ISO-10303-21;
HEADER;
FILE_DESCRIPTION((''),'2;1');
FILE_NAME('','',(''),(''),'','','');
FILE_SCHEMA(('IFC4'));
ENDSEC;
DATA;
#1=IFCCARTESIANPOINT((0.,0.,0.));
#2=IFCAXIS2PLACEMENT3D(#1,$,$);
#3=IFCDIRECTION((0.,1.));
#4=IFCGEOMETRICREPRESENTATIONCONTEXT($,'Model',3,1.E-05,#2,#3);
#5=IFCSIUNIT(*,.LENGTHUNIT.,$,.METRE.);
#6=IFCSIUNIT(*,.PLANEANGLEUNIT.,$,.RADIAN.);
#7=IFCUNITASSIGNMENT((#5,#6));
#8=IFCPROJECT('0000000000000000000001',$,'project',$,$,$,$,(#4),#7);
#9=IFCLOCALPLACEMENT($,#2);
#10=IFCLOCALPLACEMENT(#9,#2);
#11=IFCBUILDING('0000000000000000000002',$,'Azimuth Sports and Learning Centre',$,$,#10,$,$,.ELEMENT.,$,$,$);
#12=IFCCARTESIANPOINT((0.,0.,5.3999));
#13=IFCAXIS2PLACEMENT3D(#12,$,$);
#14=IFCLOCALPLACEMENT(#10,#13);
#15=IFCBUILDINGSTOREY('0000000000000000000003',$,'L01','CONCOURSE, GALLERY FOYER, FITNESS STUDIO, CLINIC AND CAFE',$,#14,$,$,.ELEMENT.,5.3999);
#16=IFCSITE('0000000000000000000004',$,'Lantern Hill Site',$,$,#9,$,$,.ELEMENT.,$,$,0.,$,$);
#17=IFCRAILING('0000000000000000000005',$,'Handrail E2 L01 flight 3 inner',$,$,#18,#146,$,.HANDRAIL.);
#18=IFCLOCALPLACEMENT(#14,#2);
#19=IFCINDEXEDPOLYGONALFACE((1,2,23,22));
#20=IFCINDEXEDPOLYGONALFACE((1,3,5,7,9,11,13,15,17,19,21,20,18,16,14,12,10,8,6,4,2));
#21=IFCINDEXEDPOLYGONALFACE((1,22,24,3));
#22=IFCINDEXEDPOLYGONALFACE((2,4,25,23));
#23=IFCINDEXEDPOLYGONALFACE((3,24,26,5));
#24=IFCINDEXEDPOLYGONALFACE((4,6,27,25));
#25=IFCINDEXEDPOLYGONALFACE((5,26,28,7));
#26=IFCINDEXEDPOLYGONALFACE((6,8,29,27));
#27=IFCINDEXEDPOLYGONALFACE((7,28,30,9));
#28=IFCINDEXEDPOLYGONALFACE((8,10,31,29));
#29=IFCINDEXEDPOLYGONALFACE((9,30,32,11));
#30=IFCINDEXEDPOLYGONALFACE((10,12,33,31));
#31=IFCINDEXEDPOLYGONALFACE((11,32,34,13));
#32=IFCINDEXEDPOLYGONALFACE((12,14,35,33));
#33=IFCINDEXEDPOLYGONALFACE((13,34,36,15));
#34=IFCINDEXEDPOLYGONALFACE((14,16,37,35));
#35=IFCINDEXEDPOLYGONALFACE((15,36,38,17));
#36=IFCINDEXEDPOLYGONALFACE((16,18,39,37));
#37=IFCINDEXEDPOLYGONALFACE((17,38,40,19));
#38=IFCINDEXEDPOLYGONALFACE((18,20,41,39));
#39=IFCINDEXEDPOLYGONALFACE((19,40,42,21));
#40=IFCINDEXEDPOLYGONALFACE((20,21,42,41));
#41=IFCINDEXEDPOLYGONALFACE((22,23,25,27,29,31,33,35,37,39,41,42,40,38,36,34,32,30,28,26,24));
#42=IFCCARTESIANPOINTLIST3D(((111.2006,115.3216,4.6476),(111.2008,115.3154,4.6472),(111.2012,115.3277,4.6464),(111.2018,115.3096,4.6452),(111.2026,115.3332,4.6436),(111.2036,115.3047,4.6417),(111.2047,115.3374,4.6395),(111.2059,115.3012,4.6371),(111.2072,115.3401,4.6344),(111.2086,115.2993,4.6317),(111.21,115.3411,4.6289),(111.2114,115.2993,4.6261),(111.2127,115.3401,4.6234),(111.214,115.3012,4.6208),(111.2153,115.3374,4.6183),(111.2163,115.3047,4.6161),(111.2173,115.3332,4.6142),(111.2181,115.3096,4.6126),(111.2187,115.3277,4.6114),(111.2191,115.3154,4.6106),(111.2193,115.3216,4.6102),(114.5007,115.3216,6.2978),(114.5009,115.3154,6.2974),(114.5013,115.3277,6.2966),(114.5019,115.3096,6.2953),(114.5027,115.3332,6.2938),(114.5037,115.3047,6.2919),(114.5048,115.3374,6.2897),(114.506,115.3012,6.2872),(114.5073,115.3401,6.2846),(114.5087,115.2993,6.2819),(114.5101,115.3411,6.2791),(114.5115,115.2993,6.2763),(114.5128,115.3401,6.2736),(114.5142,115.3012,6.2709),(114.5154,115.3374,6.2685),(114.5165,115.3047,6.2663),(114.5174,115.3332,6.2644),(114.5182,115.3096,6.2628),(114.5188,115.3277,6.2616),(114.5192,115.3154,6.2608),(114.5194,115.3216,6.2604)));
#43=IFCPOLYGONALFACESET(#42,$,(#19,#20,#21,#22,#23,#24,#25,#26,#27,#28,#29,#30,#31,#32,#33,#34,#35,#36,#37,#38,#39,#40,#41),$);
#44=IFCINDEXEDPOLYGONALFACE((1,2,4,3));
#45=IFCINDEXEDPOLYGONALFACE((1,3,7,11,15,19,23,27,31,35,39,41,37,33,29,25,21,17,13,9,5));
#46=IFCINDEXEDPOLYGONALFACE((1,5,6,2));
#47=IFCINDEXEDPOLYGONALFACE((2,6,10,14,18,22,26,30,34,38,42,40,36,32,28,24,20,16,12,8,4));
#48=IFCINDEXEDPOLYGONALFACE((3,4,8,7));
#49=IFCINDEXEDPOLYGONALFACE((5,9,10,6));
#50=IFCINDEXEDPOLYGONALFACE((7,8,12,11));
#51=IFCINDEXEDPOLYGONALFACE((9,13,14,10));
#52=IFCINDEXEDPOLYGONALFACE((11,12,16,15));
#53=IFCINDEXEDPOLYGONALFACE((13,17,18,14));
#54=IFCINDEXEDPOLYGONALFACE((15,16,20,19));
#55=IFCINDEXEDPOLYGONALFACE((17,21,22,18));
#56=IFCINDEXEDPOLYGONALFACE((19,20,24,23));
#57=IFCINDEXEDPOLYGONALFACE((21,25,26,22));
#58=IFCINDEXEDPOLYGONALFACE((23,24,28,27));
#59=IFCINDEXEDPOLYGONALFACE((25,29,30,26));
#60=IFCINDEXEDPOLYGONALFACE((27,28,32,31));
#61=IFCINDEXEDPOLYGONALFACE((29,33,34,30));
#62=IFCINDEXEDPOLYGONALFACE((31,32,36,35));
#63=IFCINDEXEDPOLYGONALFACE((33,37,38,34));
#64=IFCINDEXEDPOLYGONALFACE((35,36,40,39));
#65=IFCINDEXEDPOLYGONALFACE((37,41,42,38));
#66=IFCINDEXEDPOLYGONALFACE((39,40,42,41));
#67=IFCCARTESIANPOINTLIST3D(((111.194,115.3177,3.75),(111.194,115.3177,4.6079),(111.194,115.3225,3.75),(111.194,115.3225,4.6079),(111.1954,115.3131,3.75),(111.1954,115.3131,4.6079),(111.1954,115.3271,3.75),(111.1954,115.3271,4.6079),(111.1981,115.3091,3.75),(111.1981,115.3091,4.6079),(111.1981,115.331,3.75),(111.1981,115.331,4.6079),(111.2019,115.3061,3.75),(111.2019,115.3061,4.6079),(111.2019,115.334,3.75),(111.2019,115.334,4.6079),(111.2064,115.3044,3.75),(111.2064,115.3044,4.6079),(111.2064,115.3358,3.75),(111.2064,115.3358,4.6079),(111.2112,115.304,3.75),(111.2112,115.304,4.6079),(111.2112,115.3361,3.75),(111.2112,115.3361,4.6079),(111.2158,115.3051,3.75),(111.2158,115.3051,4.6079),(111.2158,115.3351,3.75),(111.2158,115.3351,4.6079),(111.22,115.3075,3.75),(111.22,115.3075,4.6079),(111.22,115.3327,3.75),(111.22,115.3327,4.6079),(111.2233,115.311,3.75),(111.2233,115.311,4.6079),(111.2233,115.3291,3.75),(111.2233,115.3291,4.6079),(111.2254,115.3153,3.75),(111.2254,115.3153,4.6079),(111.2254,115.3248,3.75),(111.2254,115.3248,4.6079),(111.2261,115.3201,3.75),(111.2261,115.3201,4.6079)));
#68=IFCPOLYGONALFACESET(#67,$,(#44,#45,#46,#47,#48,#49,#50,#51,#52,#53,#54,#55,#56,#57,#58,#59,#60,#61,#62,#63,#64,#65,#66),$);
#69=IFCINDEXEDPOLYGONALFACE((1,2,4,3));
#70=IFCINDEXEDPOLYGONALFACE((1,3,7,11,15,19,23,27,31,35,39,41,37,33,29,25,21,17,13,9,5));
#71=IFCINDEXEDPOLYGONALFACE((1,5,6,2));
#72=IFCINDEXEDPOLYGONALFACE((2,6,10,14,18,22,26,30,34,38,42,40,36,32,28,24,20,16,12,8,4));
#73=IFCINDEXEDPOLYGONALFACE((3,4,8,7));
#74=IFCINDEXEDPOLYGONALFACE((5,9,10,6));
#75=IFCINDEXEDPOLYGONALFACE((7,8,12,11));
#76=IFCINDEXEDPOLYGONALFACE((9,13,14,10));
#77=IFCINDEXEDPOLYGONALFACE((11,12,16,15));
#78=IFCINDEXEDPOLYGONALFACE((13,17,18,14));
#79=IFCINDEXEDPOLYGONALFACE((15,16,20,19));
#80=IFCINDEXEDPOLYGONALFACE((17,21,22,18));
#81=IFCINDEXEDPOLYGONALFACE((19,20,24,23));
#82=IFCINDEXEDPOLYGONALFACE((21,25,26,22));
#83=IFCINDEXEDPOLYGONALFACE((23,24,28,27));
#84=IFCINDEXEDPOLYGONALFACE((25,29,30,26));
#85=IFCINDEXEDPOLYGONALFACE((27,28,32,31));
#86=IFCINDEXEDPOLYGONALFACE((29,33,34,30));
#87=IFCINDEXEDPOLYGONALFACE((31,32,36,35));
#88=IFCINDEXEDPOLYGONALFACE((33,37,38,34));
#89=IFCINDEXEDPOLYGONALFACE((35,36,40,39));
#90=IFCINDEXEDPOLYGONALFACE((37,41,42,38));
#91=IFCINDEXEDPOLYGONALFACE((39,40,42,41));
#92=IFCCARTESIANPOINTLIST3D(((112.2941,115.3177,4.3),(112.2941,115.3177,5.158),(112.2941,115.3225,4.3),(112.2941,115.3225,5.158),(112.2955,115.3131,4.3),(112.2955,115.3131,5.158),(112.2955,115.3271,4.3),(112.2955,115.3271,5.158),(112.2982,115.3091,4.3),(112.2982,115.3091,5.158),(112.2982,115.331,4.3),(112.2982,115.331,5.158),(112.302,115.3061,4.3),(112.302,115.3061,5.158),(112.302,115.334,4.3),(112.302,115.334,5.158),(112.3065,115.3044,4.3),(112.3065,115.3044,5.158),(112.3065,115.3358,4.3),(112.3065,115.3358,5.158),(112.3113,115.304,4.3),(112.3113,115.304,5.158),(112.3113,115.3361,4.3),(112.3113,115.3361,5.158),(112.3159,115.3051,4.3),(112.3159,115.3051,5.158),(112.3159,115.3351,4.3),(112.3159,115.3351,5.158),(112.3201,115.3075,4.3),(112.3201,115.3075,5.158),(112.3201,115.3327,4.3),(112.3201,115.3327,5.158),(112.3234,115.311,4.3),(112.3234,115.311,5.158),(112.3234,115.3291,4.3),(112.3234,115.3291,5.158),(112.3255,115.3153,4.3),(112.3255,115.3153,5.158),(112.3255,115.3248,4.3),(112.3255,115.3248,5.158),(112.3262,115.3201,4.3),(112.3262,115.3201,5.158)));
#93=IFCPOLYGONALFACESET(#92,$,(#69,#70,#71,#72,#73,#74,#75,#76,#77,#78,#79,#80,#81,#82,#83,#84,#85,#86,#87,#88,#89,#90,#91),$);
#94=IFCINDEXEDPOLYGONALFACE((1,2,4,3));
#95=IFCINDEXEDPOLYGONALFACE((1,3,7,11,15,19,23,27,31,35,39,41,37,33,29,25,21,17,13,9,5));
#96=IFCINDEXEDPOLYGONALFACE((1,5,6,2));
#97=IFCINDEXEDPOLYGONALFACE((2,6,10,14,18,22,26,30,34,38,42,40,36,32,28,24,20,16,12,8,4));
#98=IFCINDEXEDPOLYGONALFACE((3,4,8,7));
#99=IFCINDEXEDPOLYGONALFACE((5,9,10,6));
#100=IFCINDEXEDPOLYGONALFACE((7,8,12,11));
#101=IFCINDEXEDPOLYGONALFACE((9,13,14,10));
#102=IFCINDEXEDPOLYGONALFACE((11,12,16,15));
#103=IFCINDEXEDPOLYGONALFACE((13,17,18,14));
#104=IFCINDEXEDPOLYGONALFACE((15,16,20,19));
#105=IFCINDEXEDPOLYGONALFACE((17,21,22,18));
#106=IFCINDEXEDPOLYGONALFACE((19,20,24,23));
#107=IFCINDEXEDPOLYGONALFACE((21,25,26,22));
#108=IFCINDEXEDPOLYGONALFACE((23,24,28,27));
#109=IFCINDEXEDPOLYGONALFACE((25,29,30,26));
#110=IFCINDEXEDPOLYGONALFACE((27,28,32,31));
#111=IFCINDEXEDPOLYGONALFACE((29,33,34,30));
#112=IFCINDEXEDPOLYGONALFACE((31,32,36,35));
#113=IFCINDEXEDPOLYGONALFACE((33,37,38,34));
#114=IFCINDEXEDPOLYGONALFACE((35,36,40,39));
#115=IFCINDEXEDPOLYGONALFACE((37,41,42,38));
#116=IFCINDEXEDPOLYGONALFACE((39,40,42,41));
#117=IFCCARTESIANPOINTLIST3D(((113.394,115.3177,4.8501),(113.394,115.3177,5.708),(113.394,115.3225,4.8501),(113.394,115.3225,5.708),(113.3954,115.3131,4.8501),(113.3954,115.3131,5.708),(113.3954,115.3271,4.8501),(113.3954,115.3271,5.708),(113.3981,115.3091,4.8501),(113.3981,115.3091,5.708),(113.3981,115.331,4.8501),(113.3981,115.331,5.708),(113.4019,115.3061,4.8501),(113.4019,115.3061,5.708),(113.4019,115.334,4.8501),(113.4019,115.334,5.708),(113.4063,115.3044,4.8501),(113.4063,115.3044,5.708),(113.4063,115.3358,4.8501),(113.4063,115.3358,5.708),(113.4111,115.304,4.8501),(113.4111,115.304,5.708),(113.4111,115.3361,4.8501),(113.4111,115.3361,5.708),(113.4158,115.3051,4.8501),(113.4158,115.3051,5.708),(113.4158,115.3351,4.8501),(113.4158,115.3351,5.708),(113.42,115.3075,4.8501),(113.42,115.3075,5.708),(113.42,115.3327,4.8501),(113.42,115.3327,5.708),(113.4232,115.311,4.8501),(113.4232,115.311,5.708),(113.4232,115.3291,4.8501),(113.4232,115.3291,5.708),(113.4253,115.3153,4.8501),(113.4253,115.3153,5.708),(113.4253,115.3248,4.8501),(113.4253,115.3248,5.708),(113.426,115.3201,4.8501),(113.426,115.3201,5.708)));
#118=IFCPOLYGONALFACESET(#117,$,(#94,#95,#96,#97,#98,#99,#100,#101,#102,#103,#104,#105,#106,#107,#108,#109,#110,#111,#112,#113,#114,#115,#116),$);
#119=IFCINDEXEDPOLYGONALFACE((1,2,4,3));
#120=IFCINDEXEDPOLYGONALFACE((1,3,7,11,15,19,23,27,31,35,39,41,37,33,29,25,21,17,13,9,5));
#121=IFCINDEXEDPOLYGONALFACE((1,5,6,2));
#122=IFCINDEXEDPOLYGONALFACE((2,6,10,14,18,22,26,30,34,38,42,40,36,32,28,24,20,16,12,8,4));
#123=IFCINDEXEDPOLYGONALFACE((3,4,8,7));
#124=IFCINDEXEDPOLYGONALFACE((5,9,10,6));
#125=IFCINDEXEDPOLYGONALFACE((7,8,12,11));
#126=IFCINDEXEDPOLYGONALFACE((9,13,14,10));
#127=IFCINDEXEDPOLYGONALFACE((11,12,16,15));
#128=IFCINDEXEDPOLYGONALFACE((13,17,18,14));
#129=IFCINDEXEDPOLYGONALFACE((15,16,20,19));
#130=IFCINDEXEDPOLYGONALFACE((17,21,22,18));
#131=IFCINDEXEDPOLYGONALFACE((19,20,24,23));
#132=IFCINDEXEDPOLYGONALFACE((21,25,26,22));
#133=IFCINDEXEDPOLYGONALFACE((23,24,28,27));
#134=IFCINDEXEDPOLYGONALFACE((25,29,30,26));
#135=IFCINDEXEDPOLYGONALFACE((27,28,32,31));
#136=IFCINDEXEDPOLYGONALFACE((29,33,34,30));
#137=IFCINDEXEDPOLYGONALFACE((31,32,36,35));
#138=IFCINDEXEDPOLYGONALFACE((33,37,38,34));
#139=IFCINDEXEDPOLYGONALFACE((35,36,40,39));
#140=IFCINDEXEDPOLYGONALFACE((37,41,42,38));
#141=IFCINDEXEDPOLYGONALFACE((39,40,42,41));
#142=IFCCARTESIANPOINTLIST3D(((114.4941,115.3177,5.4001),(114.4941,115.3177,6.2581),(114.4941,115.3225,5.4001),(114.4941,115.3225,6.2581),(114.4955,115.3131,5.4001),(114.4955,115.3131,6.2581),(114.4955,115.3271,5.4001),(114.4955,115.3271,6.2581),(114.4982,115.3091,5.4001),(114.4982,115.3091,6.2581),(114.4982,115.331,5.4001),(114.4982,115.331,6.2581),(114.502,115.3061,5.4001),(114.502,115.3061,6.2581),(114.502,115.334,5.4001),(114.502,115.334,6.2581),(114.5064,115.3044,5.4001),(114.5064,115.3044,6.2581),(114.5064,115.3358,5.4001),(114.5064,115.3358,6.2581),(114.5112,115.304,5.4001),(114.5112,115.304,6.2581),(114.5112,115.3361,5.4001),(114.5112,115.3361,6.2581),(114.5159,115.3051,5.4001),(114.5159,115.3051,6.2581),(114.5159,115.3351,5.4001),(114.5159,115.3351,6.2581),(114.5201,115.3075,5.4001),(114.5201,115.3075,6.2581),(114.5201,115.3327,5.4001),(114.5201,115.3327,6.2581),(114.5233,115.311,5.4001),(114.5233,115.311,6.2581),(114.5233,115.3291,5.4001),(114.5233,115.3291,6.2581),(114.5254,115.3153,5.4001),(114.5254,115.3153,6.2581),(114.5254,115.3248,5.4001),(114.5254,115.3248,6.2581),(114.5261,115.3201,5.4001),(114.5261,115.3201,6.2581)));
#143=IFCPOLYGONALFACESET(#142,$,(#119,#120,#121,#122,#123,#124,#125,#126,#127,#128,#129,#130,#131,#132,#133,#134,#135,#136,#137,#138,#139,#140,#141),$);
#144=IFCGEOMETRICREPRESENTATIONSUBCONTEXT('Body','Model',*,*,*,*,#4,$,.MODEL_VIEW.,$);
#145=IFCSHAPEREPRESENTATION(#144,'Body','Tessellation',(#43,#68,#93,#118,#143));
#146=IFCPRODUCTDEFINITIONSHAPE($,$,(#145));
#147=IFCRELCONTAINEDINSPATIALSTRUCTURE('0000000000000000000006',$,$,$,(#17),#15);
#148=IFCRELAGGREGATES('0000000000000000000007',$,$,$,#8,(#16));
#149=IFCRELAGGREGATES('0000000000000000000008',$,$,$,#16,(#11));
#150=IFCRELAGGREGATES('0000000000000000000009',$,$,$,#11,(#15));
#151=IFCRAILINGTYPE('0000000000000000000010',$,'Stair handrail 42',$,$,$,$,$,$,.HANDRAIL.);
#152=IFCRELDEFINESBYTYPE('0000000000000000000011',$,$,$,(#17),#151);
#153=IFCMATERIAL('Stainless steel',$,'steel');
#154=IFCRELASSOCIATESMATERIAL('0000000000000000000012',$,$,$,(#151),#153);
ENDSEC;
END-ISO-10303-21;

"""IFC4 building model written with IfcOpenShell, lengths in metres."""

from ifc_helpers import new_model, si_unit, direction, frame, origin, origin_2d, place, context, subcontext, project, spatial, circle, extrude, material, type_object, element, save


model = new_model("IFC4")

# Units and contexts
model_context = context("Model", 3, precision=1e-05, world=origin(), true_north=direction((0.0, 1.0)))
body_context = subcontext(model_context, "Body", "Model", "MODEL_VIEW")
ifc_project = project(units=[si_unit("LENGTHUNIT", "METRE"), si_unit("PLANEANGLEUNIT", "RADIAN")], contexts=[model_context])

# Site, building, storey
site_placement = place(None, origin())
site = spatial("IfcSite", under=ifc_project, at=site_placement, Name="Lantern Hill Site", CompositionType="ELEMENT", RefElevation=0.0)
building_placement = place(site_placement, origin())
building = spatial("IfcBuilding", under=site, at=building_placement, Name="Azimuth Sports and Learning Centre", CompositionType="ELEMENT")
storey_placement = place(building_placement, frame((0.0, 0.0, 5.3999)))
storey = spatial("IfcBuildingStorey", under=building, at=storey_placement, Name="L01", Description="CONCOURSE, GALLERY FOYER, FITNESS STUDIO, CLINIC AND CAFE", CompositionType="ELEMENT", Elevation=5.3999)

# Railing
ifc_material_1 = material(Name="Stainless steel", Category="steel")
railing_type = type_object("IfcRailingType", Name="Stair handrail 42", PredefinedType="HANDRAIL", material=ifc_material_1)
for number, where, name in (
    (1, (111.21, 115.3201, 3.75), "Handrail E2 L01 flight 3 inner"),
):
    element("IfcRailing", number, at=place(storey_placement, frame(where)), inside=storey, type_object=railing_type, Name=name, PredefinedType="HANDRAIL", context=body_context, shape_type="SweptSolid", body=[
        extrude(circle(Radius=0.021, at=origin_2d()), frame((0.0, 0.0, 0.8789), z_axis=(0.894414, 0.0, 0.44724), x_axis=(0.0, 1.0, 0.0)), (0.0, 0.0, 1.0), 3.6897),
        extrude(circle(Radius=0.0161, at=origin_2d()), origin(), (0.0, 0.0, 1.0), 0.8579),
        extrude(circle(Radius=0.0161, at=origin_2d()), frame((1.1001, 0.0, 0.55)), (0.0, 0.0, 1.0), 0.8579),
        extrude(circle(Radius=0.0161, at=origin_2d()), frame((2.2, 0.0, 1.1001)), (0.0, 0.0, 1.0), 0.8579),
        extrude(circle(Radius=0.0161, at=origin_2d()), frame((3.3, 0.0, 1.6501)), (0.0, 0.0, 1.0), 0.8579),
    ])

save(model, "model.ifc")
